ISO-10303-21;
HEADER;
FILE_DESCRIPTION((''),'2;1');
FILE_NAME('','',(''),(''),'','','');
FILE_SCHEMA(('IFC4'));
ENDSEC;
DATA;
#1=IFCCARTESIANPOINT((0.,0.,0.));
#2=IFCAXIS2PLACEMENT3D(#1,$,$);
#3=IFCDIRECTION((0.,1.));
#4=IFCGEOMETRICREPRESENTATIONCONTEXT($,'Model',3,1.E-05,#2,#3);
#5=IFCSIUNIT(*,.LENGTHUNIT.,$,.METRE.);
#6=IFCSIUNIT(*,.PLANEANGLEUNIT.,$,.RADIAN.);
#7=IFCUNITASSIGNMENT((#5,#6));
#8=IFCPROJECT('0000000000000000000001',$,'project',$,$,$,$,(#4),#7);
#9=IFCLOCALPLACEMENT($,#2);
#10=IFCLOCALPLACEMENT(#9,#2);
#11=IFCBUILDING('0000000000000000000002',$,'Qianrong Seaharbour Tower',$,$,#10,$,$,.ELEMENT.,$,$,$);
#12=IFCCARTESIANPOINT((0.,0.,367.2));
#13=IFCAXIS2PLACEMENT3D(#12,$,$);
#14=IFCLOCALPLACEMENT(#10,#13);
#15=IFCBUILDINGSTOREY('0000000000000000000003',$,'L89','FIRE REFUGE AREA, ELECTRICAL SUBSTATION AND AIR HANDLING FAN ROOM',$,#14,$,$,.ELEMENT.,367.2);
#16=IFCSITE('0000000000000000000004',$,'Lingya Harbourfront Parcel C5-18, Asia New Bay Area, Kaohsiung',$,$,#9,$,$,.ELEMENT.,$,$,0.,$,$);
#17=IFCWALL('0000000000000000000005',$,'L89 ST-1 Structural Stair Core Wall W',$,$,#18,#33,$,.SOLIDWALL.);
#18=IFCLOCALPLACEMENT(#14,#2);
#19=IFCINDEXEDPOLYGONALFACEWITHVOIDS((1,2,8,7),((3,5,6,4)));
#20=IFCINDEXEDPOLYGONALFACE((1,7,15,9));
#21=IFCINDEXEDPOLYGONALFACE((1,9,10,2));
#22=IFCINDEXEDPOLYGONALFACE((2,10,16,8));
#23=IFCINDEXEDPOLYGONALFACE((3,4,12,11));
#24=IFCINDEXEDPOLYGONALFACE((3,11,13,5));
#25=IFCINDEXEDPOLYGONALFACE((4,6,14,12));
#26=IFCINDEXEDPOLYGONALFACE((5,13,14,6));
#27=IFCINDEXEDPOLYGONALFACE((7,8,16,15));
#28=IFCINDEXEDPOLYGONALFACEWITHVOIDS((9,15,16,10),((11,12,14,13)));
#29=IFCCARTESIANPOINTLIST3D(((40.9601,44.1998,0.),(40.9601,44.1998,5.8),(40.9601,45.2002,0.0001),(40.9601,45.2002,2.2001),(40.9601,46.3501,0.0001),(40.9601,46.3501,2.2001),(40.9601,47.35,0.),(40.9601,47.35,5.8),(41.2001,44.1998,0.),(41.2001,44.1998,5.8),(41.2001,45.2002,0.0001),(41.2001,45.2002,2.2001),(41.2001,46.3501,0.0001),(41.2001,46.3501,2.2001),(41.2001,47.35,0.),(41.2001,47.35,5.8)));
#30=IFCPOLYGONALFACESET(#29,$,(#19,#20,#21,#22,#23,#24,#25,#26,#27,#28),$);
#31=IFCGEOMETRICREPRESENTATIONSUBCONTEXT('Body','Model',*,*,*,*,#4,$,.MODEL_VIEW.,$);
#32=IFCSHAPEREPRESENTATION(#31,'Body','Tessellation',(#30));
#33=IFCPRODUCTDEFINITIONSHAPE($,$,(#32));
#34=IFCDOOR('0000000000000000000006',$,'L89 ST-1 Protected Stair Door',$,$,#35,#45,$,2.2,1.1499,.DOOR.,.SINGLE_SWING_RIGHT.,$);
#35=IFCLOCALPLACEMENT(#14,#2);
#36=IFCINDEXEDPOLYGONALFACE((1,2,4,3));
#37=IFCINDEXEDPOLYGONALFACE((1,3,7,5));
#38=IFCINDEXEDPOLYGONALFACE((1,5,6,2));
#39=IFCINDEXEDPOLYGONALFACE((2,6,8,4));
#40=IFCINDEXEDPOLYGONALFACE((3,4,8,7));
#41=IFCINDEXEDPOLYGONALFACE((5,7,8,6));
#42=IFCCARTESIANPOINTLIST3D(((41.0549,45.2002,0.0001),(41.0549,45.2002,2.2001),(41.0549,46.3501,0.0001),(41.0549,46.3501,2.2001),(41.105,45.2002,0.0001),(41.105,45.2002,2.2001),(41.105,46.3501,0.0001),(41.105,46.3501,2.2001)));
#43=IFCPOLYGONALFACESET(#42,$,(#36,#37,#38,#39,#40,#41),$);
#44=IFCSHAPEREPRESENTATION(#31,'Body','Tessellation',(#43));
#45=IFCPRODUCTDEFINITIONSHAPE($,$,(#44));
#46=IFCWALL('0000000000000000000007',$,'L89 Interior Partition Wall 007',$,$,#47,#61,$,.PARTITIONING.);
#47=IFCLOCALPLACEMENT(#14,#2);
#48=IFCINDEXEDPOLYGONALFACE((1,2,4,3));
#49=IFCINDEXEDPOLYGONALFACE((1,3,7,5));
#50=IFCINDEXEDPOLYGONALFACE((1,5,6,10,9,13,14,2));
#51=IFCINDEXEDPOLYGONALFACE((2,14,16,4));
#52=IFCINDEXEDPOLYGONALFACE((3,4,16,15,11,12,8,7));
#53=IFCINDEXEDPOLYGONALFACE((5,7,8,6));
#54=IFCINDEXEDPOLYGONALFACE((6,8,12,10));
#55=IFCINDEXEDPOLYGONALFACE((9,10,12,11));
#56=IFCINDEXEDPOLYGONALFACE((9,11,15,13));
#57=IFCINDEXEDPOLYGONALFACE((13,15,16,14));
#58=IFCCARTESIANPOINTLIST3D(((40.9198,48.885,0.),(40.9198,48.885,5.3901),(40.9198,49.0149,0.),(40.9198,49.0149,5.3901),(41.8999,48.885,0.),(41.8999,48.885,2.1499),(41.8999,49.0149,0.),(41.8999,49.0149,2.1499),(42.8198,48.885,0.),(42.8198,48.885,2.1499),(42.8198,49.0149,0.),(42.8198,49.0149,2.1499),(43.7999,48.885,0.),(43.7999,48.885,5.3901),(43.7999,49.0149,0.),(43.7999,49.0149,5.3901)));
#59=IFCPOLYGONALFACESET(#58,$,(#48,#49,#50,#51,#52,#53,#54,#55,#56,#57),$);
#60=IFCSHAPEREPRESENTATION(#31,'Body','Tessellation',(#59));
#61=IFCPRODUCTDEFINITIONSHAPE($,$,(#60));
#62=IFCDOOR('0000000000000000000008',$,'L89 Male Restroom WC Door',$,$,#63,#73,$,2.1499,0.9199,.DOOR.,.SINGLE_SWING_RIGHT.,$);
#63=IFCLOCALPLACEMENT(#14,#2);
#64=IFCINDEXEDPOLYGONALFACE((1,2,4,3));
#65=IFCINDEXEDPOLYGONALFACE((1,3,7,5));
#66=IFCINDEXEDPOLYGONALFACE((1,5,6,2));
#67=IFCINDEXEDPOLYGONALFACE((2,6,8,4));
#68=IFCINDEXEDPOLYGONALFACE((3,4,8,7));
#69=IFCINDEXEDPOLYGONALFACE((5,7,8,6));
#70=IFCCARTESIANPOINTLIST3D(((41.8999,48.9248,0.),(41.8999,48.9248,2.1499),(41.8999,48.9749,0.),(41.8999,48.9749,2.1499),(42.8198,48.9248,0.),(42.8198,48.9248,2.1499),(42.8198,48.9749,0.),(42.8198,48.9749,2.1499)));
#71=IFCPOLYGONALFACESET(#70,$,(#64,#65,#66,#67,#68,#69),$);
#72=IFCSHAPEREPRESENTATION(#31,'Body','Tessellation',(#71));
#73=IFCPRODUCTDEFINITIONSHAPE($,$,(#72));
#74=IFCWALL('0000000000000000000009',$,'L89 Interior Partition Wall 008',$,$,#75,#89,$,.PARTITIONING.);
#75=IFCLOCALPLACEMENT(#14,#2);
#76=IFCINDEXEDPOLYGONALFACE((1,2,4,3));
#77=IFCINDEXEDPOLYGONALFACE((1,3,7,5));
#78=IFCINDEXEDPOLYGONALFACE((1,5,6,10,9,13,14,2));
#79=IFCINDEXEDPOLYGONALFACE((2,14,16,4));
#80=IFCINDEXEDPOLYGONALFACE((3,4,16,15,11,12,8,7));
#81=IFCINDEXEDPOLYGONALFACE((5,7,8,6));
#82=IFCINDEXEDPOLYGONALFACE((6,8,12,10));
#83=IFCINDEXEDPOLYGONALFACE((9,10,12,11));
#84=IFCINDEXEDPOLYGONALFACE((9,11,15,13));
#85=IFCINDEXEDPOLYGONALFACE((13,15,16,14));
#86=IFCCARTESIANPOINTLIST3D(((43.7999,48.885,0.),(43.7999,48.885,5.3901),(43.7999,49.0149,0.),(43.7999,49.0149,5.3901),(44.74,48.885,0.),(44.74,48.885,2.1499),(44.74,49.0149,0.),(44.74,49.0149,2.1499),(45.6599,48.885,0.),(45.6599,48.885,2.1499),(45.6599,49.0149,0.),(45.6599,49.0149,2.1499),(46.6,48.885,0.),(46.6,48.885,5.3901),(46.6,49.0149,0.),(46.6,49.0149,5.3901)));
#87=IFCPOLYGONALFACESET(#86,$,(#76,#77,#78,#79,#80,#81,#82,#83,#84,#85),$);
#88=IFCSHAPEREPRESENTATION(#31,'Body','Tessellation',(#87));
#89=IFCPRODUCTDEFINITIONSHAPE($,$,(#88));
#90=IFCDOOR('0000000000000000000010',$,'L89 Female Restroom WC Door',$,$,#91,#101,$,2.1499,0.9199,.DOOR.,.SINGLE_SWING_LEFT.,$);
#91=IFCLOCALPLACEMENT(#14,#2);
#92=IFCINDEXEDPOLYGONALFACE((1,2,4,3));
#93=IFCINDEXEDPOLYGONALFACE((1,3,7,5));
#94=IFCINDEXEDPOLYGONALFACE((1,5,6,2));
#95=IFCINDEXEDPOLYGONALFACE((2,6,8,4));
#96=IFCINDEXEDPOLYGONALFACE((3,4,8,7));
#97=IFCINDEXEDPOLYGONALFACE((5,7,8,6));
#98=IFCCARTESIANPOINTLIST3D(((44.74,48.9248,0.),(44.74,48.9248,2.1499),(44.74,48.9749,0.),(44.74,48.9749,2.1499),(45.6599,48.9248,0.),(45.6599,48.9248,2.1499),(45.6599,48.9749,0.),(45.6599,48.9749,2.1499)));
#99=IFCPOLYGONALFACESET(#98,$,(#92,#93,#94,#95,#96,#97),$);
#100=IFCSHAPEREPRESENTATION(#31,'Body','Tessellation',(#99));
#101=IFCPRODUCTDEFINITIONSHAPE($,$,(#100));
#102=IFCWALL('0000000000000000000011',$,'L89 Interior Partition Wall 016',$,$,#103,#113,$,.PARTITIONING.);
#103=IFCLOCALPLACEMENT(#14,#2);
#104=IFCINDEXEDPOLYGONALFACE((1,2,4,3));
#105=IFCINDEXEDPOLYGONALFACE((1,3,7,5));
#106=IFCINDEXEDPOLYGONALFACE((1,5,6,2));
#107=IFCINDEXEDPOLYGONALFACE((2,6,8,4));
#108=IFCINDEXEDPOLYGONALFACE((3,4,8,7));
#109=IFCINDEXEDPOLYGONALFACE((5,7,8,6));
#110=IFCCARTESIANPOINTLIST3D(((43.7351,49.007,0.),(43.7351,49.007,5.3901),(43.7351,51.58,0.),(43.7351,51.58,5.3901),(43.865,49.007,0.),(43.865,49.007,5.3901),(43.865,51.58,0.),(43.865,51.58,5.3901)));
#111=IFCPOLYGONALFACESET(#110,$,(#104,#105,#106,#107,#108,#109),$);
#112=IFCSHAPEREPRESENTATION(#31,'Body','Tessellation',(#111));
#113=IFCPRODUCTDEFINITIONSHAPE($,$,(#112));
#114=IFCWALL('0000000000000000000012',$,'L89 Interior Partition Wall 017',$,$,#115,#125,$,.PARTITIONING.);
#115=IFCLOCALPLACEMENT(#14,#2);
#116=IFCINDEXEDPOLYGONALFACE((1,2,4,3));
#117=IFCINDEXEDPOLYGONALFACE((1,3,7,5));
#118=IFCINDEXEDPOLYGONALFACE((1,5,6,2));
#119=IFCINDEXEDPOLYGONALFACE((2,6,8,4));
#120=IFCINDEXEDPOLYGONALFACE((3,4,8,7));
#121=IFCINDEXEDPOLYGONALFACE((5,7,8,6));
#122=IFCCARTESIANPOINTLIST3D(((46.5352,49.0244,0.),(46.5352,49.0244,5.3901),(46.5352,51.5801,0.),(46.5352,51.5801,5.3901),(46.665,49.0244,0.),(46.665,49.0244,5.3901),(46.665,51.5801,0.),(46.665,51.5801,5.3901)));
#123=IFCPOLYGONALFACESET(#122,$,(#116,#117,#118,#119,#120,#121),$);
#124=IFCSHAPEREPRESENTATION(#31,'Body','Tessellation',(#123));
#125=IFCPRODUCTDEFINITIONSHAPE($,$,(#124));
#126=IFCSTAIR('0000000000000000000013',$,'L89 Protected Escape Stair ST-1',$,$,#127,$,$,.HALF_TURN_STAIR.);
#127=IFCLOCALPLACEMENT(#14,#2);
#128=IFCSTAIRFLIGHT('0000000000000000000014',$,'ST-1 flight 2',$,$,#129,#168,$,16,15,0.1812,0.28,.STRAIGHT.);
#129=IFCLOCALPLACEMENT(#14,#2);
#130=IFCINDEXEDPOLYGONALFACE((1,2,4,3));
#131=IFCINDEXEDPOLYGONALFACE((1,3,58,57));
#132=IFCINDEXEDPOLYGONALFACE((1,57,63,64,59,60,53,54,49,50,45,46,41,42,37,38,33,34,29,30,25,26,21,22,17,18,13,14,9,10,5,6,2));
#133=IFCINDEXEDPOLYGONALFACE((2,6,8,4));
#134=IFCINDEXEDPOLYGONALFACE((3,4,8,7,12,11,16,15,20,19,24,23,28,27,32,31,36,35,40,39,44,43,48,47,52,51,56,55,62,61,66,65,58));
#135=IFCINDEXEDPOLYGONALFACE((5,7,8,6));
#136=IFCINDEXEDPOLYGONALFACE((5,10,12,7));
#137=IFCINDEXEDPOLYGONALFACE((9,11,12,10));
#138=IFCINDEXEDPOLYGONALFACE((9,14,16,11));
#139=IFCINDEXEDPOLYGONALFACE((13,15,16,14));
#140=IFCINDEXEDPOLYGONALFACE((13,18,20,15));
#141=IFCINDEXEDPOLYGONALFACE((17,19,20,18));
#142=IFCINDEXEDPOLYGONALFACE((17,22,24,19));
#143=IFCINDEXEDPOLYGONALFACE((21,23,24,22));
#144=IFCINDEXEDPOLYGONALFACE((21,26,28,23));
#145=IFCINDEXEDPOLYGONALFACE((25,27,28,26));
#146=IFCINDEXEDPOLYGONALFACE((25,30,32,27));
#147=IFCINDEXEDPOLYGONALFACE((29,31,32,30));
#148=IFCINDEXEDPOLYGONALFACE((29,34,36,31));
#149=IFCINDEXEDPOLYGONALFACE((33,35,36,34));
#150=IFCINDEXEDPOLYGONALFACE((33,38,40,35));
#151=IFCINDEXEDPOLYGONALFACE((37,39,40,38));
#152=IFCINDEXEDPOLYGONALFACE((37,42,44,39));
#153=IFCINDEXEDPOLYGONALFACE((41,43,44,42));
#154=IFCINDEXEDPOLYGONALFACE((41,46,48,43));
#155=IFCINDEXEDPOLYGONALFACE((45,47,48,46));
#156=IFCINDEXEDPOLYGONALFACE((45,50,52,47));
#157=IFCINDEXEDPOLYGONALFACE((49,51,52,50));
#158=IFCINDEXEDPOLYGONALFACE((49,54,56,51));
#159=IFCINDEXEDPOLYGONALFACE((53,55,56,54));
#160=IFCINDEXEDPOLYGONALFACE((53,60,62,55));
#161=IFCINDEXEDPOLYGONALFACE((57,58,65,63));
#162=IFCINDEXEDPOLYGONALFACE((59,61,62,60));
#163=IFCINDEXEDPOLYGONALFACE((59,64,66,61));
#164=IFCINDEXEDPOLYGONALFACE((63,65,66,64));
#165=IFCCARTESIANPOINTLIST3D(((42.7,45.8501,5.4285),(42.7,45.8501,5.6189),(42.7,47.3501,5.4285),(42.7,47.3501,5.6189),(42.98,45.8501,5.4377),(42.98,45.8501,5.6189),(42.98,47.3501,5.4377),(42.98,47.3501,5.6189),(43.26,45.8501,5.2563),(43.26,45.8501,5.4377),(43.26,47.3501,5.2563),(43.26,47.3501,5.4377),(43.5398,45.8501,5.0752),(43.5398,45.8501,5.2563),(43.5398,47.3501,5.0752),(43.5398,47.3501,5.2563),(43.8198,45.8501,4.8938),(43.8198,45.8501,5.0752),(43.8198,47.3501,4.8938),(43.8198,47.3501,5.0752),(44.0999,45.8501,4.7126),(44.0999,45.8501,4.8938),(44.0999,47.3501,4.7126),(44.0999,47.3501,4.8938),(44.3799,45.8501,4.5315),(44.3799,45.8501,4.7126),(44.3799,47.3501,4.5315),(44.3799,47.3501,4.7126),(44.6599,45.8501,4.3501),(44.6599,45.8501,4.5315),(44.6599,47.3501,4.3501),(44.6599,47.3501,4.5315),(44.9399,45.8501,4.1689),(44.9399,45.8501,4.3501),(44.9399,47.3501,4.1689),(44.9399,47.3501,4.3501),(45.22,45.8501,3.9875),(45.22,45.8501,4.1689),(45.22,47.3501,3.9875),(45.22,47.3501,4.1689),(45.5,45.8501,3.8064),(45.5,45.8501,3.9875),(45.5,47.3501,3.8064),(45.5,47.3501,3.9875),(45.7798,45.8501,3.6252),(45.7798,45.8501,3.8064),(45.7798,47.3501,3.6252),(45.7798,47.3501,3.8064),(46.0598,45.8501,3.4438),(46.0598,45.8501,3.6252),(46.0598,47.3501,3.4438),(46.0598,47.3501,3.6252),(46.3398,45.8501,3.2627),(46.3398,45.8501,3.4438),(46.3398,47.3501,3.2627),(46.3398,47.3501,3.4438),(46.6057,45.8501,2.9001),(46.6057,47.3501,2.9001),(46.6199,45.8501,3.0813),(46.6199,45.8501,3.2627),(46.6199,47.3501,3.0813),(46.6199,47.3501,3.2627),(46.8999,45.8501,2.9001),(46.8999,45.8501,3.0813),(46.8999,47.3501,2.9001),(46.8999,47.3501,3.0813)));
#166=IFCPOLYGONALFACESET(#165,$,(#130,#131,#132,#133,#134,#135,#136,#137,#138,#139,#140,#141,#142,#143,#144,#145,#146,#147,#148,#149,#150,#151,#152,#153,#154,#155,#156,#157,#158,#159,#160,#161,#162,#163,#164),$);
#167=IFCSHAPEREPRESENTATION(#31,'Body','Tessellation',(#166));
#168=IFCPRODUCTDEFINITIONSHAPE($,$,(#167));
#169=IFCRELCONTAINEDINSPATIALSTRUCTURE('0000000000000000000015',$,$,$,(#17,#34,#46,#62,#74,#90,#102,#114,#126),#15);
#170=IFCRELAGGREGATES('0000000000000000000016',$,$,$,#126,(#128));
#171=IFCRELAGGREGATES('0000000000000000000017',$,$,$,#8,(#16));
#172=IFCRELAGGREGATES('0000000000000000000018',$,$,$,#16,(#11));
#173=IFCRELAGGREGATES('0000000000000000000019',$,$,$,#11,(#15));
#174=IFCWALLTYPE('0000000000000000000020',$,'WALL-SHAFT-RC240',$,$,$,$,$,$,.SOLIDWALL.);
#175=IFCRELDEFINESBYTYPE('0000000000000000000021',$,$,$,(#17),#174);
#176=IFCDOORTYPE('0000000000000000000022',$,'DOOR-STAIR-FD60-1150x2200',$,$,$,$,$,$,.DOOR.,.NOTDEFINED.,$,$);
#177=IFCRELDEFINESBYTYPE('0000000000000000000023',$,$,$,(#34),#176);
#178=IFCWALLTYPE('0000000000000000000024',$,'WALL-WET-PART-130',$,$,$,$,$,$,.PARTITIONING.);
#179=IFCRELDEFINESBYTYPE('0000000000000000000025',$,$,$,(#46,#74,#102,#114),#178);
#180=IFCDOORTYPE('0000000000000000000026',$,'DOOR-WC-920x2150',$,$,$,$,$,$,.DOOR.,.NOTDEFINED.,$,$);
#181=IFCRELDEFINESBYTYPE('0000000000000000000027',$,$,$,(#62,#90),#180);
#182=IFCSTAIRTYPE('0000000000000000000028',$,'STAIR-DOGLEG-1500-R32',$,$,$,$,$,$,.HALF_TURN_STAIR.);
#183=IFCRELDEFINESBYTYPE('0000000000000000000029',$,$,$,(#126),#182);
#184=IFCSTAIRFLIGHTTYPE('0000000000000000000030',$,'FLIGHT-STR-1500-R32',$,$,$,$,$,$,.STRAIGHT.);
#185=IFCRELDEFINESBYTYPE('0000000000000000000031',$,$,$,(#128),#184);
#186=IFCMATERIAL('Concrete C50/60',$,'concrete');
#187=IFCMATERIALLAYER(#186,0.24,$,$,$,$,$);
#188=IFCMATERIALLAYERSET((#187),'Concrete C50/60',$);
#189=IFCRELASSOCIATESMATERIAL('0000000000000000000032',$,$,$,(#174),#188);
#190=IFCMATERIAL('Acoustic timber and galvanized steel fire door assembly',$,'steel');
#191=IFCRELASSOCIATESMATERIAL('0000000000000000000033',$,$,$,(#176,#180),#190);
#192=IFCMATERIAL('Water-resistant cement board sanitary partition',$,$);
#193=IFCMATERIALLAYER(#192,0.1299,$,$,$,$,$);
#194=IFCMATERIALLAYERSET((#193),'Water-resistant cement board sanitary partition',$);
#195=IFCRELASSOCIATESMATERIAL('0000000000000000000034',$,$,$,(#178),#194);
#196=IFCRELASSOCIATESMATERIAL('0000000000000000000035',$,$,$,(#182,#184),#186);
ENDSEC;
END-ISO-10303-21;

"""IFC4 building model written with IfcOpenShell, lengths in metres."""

from ifc_helpers import new_model, si_unit, direction, frame, frame_2d, origin, place, context, subcontext, project, spatial, polyline, rectangle, outline, extrude, material, layer, layer_set, type_object, element, fill, aggregate, save


model = new_model("IFC4")

# Units and contexts
model_context = context("Model", 3, precision=1e-05, world=origin(), true_north=direction((0.0, 1.0)))
body_context = subcontext(model_context, "Body", "Model", "MODEL_VIEW")
ifc_project = project(units=[si_unit("LENGTHUNIT", "METRE"), si_unit("PLANEANGLEUNIT", "RADIAN")], contexts=[model_context])

# Site, building, storey
site_placement = place(None, origin())
site = spatial("IfcSite", under=ifc_project, at=site_placement, Name="Lingya Harbourfront Parcel C5-18, Asia New Bay Area, Kaohsiung", CompositionType="ELEMENT", RefElevation=0.0)
building_placement = place(site_placement, origin())
building = spatial("IfcBuilding", under=site, at=building_placement, Name="Qianrong Seaharbour Tower", CompositionType="ELEMENT")
storey_placement = place(building_placement, frame((0.0, 0.0, 367.2)))
storey = spatial("IfcBuildingStorey", under=building, at=storey_placement, Name="L89", Description="FIRE REFUGE AREA, ELECTRICAL SUBSTATION AND AIR HANDLING FAN ROOM", CompositionType="ELEMENT", Elevation=367.2)

# Shared definitions
ifc_material_1 = material(Name="Concrete C50/60", Category="concrete")

# Shared definitions
ifc_material_2 = material(Name="Acoustic timber and galvanized steel fire door assembly", Category="steel")

# Shared definitions
ifc_layer_1 = layer(ifc_material_1, 0.24)
ifc_layer_set_1 = layer_set([ifc_layer_1], Name="Concrete C50/60")
wall_type_1 = type_object("IfcWallType", Name="WALL-SHAFT-RC240", PredefinedType="SOLIDWALL", material=ifc_layer_set_1)

# Walls, openings, doors
wall_1_placement = place(storey_placement, frame((41.0801, 47.3501, 0.0), z_axis=(0.0, 0.0, 1.0), x_axis=(0.0, -1.0, 0.0)))
wall_1 = element("IfcWall", 1, at=wall_1_placement, inside=storey, type_object=wall_type_1, Name="L89 ST-1 Structural Stair Core Wall W", PredefinedType="SOLIDWALL", context=body_context, shape_type="SweptSolid", body=[
    extrude(rectangle(XDim=3.1501, YDim=0.24, at=frame_2d((1.5752, 0.0))), origin(), (0.0, 0.0, 1.0), 5.8),
])
opening_1_placement = place(wall_1_placement, frame((1.0, 0.0, 0.0)))
opening_1 = element("IfcOpeningElement", 2, at=opening_1_placement, cuts=wall_1, PredefinedType="OPENING", context=body_context, shape_type="SweptSolid", body=[
    extrude(rectangle(XDim=1.1499, YDim=2.2, at=frame_2d((0.575, 1.1001))), frame((0.0, 0.1299, 0.0), z_axis=(0.0, -1.0, 0.0), x_axis=(1.0, 0.0, 0.0)), (0.0, 0.0, 1.0), 0.26),
])
door_type_1 = type_object("IfcDoorType", Name="DOOR-STAIR-FD60-1150x2200", OperationType="NOTDEFINED", PredefinedType="DOOR", material=ifc_material_2)
door_1_placement = place(opening_1_placement, origin())
door_1 = element("IfcDoor", 3, at=door_1_placement, inside=storey, type_object=door_type_1, Name="L89 ST-1 Protected Stair Door", OperationType="SINGLE_SWING_RIGHT", OverallHeight=2.2, OverallWidth=1.1499, PredefinedType="DOOR", context=body_context, shape_type="SweptSolid", body=[
    extrude(rectangle(XDim=1.1499, YDim=2.2, at=frame_2d((0.575, 1.1001))), frame((0.0, 0.0249, 0.0), z_axis=(0.0, -1.0, 0.0), x_axis=(1.0, 0.0, 0.0)), (0.0, 0.0, 1.0), 0.05),
])
fill(opening_1, door_1)
ifc_material_3 = material(Name="Water-resistant cement board sanitary partition")
ifc_layer_2 = layer(ifc_material_3, 0.1299)
ifc_layer_set_2 = layer_set([ifc_layer_2], Name="Water-resistant cement board sanitary partition")
wall_type_2 = type_object("IfcWallType", Name="WALL-WET-PART-130", PredefinedType="PARTITIONING", material=ifc_layer_set_2)
wall_2_placement = place(storey_placement, frame((40.9199, 48.95, 0.0), z_axis=(0.0, 0.0, 1.0), x_axis=(1.0, 0.0, 0.0)))
wall_2 = element("IfcWall", 4, at=wall_2_placement, inside=storey, type_object=wall_type_2, Name="L89 Interior Partition Wall 007", PredefinedType="PARTITIONING", context=body_context, shape_type="SweptSolid", body=[
    extrude(rectangle(XDim=2.8801, YDim=0.1299, at=frame_2d((1.4399, 0.0))), origin(), (0.0, 0.0, 1.0), 5.3901),
])
opening_2_placement = place(wall_2_placement, frame((0.98, 0.0, 0.0)))
opening_2 = element("IfcOpeningElement", 5, at=opening_2_placement, cuts=wall_2, PredefinedType="OPENING", context=body_context, shape_type="SweptSolid", body=[
    extrude(rectangle(XDim=0.9199, YDim=2.1499, at=frame_2d((0.46, 1.075))), frame((0.0, 0.075, 0.0), z_axis=(0.0, -1.0, 0.0), x_axis=(1.0, 0.0, 0.0)), (0.0, 0.0, 1.0), 0.1499),
])
door_type_2 = type_object("IfcDoorType", Name="DOOR-WC-920x2150", OperationType="NOTDEFINED", PredefinedType="DOOR", material=ifc_material_2)
door_2_placement = place(opening_2_placement, origin())
door_2 = element("IfcDoor", 6, at=door_2_placement, inside=storey, type_object=door_type_2, Name="L89 Male Restroom WC Door", OperationType="SINGLE_SWING_RIGHT", OverallHeight=2.1499, OverallWidth=0.9199, PredefinedType="DOOR", context=body_context, shape_type="SweptSolid", body=[
    extrude(rectangle(XDim=0.9199, YDim=2.1499, at=frame_2d((0.46, 1.075))), frame((0.0, 0.0249, 0.0), z_axis=(0.0, -1.0, 0.0), x_axis=(1.0, 0.0, 0.0)), (0.0, 0.0, 1.0), 0.05),
])
fill(opening_2, door_2)
wall_3_placement = place(storey_placement, frame((43.8, 48.95, 0.0), z_axis=(0.0, 0.0, 1.0), x_axis=(1.0, 0.0, 0.0)))
wall_3 = element("IfcWall", 7, at=wall_3_placement, inside=storey, type_object=wall_type_2, Name="L89 Interior Partition Wall 008", PredefinedType="PARTITIONING", context=body_context, shape_type="SweptSolid", body=[
    extrude(rectangle(XDim=2.8, YDim=0.1299, at=frame_2d((1.3999, 0.0))), origin(), (0.0, 0.0, 1.0), 5.3901),
])
opening_3_placement = place(wall_3_placement, frame((0.9399, 0.0, 0.0)))
opening_3 = element("IfcOpeningElement", 8, at=opening_3_placement, cuts=wall_3, PredefinedType="OPENING", context=body_context, shape_type="SweptSolid", body=[
    extrude(rectangle(XDim=0.9199, YDim=2.1499, at=frame_2d((0.46, 1.075))), frame((0.0, 0.075, 0.0), z_axis=(0.0, -1.0, 0.0), x_axis=(1.0, 0.0, 0.0)), (0.0, 0.0, 1.0), 0.1499),
])
door_3_placement = place(opening_3_placement, origin())
door_3 = element("IfcDoor", 9, at=door_3_placement, inside=storey, type_object=door_type_2, Name="L89 Female Restroom WC Door", OperationType="SINGLE_SWING_LEFT", OverallHeight=2.1499, OverallWidth=0.9199, PredefinedType="DOOR", context=body_context, shape_type="SweptSolid", body=[
    extrude(rectangle(XDim=0.9199, YDim=2.1499, at=frame_2d((0.46, 1.075))), frame((0.0, 0.0249, 0.0), z_axis=(0.0, -1.0, 0.0), x_axis=(1.0, 0.0, 0.0)), (0.0, 0.0, 1.0), 0.05),
])
fill(opening_3, door_3)

# Walls
wall_4_placement = place(storey_placement, frame((43.8, 51.5801, 0.0), z_axis=(0.0, 0.0, 1.0), x_axis=(0.0, -1.0, 0.0)))
element("IfcWall", 10, at=wall_4_placement, inside=storey, type_object=wall_type_2, Name="L89 Interior Partition Wall 016", PredefinedType="PARTITIONING", context=body_context, shape_type="SweptSolid", body=[
    extrude(rectangle(XDim=2.573, YDim=0.1299, at=frame_2d((1.2866, 0.0))), origin(), (0.0, 0.0, 1.0), 5.3901),
])
wall_5_placement = place(storey_placement, frame((46.6001, 51.5801, 0.0), z_axis=(0.0, 0.0, 1.0), x_axis=(0.0, -1.0, 0.0)))
element("IfcWall", 11, at=wall_5_placement, inside=storey, type_object=wall_type_2, Name="L89 Interior Partition Wall 017", PredefinedType="PARTITIONING", context=body_context, shape_type="SweptSolid", body=[
    extrude(rectangle(XDim=2.5557, YDim=0.1299, at=frame_2d((1.2778, 0.0))), origin(), (0.0, 0.0, 1.0), 5.3901),
])

# Stair, stair flight
stair_type = type_object("IfcStairType", Name="STAIR-DOGLEG-1500-R32", PredefinedType="HALF_TURN_STAIR", material=ifc_material_1)
stair_placement = place(storey_placement, origin())
stair = element("IfcStair", 12, at=stair_placement, inside=storey, type_object=stair_type, Name="L89 Protected Escape Stair ST-1", PredefinedType="HALF_TURN_STAIR")
stair_flight_type = type_object("IfcStairFlightType", Name="FLIGHT-STR-1500-R32", PredefinedType="STRAIGHT", material=ifc_material_1)
stair_flight_placement = place(storey_placement, frame((46.8999, 46.6001, 2.9001), z_axis=(0.0, 0.0, 1.0), x_axis=(-1.0, 0.0, 0.0)))
stair_flight = element("IfcStairFlight", 13, at=stair_flight_placement, type_object=stair_flight_type, Name="ST-1 flight 2", NumberOfRisers=16, NumberOfTreads=15, PredefinedType="STRAIGHT", RiserHeight=0.1812, TreadLength=0.28, context=body_context, shape_type="SweptSolid", body=[
    extrude(outline(polyline([(0.0, 0.0), (0.0, 0.1812), (0.28, 0.1812), (0.28, 0.3625), (0.5601, 0.3625), (0.5601, 0.5437), (0.8401, 0.5437), (0.8401, 0.7251), (1.1201, 0.7251), (1.1201, 0.9062), (1.3999, 0.9062), (1.3999, 1.0874), (1.6799, 1.0874), (1.6799, 1.2688), (1.96, 1.2688), (1.96, 1.45), (2.24, 1.45), (2.24, 1.6313), (2.52, 1.6313), (2.52, 1.8125), (2.8, 1.8125), (2.8, 1.9937), (3.0801, 1.9937), (3.0801, 2.175), (3.3601, 2.175), (3.3601, 2.3562), (3.6399, 2.3562), (3.6399, 2.5376), (3.9199, 2.5376), (3.9199, 2.7188), (4.2, 2.7188), (4.2, 2.8999), (4.2, 2.5283), (0.2942, 0.0), (0.0, 0.0)])), frame((0.0, 0.75, 0.0), z_axis=(0.0, -1.0, 0.0), x_axis=(1.0, 0.0, 0.0)), (0.0, 0.0, 1.0), 1.5),
])
aggregate(stair, [stair_flight])

save(model, "model.ifc")
